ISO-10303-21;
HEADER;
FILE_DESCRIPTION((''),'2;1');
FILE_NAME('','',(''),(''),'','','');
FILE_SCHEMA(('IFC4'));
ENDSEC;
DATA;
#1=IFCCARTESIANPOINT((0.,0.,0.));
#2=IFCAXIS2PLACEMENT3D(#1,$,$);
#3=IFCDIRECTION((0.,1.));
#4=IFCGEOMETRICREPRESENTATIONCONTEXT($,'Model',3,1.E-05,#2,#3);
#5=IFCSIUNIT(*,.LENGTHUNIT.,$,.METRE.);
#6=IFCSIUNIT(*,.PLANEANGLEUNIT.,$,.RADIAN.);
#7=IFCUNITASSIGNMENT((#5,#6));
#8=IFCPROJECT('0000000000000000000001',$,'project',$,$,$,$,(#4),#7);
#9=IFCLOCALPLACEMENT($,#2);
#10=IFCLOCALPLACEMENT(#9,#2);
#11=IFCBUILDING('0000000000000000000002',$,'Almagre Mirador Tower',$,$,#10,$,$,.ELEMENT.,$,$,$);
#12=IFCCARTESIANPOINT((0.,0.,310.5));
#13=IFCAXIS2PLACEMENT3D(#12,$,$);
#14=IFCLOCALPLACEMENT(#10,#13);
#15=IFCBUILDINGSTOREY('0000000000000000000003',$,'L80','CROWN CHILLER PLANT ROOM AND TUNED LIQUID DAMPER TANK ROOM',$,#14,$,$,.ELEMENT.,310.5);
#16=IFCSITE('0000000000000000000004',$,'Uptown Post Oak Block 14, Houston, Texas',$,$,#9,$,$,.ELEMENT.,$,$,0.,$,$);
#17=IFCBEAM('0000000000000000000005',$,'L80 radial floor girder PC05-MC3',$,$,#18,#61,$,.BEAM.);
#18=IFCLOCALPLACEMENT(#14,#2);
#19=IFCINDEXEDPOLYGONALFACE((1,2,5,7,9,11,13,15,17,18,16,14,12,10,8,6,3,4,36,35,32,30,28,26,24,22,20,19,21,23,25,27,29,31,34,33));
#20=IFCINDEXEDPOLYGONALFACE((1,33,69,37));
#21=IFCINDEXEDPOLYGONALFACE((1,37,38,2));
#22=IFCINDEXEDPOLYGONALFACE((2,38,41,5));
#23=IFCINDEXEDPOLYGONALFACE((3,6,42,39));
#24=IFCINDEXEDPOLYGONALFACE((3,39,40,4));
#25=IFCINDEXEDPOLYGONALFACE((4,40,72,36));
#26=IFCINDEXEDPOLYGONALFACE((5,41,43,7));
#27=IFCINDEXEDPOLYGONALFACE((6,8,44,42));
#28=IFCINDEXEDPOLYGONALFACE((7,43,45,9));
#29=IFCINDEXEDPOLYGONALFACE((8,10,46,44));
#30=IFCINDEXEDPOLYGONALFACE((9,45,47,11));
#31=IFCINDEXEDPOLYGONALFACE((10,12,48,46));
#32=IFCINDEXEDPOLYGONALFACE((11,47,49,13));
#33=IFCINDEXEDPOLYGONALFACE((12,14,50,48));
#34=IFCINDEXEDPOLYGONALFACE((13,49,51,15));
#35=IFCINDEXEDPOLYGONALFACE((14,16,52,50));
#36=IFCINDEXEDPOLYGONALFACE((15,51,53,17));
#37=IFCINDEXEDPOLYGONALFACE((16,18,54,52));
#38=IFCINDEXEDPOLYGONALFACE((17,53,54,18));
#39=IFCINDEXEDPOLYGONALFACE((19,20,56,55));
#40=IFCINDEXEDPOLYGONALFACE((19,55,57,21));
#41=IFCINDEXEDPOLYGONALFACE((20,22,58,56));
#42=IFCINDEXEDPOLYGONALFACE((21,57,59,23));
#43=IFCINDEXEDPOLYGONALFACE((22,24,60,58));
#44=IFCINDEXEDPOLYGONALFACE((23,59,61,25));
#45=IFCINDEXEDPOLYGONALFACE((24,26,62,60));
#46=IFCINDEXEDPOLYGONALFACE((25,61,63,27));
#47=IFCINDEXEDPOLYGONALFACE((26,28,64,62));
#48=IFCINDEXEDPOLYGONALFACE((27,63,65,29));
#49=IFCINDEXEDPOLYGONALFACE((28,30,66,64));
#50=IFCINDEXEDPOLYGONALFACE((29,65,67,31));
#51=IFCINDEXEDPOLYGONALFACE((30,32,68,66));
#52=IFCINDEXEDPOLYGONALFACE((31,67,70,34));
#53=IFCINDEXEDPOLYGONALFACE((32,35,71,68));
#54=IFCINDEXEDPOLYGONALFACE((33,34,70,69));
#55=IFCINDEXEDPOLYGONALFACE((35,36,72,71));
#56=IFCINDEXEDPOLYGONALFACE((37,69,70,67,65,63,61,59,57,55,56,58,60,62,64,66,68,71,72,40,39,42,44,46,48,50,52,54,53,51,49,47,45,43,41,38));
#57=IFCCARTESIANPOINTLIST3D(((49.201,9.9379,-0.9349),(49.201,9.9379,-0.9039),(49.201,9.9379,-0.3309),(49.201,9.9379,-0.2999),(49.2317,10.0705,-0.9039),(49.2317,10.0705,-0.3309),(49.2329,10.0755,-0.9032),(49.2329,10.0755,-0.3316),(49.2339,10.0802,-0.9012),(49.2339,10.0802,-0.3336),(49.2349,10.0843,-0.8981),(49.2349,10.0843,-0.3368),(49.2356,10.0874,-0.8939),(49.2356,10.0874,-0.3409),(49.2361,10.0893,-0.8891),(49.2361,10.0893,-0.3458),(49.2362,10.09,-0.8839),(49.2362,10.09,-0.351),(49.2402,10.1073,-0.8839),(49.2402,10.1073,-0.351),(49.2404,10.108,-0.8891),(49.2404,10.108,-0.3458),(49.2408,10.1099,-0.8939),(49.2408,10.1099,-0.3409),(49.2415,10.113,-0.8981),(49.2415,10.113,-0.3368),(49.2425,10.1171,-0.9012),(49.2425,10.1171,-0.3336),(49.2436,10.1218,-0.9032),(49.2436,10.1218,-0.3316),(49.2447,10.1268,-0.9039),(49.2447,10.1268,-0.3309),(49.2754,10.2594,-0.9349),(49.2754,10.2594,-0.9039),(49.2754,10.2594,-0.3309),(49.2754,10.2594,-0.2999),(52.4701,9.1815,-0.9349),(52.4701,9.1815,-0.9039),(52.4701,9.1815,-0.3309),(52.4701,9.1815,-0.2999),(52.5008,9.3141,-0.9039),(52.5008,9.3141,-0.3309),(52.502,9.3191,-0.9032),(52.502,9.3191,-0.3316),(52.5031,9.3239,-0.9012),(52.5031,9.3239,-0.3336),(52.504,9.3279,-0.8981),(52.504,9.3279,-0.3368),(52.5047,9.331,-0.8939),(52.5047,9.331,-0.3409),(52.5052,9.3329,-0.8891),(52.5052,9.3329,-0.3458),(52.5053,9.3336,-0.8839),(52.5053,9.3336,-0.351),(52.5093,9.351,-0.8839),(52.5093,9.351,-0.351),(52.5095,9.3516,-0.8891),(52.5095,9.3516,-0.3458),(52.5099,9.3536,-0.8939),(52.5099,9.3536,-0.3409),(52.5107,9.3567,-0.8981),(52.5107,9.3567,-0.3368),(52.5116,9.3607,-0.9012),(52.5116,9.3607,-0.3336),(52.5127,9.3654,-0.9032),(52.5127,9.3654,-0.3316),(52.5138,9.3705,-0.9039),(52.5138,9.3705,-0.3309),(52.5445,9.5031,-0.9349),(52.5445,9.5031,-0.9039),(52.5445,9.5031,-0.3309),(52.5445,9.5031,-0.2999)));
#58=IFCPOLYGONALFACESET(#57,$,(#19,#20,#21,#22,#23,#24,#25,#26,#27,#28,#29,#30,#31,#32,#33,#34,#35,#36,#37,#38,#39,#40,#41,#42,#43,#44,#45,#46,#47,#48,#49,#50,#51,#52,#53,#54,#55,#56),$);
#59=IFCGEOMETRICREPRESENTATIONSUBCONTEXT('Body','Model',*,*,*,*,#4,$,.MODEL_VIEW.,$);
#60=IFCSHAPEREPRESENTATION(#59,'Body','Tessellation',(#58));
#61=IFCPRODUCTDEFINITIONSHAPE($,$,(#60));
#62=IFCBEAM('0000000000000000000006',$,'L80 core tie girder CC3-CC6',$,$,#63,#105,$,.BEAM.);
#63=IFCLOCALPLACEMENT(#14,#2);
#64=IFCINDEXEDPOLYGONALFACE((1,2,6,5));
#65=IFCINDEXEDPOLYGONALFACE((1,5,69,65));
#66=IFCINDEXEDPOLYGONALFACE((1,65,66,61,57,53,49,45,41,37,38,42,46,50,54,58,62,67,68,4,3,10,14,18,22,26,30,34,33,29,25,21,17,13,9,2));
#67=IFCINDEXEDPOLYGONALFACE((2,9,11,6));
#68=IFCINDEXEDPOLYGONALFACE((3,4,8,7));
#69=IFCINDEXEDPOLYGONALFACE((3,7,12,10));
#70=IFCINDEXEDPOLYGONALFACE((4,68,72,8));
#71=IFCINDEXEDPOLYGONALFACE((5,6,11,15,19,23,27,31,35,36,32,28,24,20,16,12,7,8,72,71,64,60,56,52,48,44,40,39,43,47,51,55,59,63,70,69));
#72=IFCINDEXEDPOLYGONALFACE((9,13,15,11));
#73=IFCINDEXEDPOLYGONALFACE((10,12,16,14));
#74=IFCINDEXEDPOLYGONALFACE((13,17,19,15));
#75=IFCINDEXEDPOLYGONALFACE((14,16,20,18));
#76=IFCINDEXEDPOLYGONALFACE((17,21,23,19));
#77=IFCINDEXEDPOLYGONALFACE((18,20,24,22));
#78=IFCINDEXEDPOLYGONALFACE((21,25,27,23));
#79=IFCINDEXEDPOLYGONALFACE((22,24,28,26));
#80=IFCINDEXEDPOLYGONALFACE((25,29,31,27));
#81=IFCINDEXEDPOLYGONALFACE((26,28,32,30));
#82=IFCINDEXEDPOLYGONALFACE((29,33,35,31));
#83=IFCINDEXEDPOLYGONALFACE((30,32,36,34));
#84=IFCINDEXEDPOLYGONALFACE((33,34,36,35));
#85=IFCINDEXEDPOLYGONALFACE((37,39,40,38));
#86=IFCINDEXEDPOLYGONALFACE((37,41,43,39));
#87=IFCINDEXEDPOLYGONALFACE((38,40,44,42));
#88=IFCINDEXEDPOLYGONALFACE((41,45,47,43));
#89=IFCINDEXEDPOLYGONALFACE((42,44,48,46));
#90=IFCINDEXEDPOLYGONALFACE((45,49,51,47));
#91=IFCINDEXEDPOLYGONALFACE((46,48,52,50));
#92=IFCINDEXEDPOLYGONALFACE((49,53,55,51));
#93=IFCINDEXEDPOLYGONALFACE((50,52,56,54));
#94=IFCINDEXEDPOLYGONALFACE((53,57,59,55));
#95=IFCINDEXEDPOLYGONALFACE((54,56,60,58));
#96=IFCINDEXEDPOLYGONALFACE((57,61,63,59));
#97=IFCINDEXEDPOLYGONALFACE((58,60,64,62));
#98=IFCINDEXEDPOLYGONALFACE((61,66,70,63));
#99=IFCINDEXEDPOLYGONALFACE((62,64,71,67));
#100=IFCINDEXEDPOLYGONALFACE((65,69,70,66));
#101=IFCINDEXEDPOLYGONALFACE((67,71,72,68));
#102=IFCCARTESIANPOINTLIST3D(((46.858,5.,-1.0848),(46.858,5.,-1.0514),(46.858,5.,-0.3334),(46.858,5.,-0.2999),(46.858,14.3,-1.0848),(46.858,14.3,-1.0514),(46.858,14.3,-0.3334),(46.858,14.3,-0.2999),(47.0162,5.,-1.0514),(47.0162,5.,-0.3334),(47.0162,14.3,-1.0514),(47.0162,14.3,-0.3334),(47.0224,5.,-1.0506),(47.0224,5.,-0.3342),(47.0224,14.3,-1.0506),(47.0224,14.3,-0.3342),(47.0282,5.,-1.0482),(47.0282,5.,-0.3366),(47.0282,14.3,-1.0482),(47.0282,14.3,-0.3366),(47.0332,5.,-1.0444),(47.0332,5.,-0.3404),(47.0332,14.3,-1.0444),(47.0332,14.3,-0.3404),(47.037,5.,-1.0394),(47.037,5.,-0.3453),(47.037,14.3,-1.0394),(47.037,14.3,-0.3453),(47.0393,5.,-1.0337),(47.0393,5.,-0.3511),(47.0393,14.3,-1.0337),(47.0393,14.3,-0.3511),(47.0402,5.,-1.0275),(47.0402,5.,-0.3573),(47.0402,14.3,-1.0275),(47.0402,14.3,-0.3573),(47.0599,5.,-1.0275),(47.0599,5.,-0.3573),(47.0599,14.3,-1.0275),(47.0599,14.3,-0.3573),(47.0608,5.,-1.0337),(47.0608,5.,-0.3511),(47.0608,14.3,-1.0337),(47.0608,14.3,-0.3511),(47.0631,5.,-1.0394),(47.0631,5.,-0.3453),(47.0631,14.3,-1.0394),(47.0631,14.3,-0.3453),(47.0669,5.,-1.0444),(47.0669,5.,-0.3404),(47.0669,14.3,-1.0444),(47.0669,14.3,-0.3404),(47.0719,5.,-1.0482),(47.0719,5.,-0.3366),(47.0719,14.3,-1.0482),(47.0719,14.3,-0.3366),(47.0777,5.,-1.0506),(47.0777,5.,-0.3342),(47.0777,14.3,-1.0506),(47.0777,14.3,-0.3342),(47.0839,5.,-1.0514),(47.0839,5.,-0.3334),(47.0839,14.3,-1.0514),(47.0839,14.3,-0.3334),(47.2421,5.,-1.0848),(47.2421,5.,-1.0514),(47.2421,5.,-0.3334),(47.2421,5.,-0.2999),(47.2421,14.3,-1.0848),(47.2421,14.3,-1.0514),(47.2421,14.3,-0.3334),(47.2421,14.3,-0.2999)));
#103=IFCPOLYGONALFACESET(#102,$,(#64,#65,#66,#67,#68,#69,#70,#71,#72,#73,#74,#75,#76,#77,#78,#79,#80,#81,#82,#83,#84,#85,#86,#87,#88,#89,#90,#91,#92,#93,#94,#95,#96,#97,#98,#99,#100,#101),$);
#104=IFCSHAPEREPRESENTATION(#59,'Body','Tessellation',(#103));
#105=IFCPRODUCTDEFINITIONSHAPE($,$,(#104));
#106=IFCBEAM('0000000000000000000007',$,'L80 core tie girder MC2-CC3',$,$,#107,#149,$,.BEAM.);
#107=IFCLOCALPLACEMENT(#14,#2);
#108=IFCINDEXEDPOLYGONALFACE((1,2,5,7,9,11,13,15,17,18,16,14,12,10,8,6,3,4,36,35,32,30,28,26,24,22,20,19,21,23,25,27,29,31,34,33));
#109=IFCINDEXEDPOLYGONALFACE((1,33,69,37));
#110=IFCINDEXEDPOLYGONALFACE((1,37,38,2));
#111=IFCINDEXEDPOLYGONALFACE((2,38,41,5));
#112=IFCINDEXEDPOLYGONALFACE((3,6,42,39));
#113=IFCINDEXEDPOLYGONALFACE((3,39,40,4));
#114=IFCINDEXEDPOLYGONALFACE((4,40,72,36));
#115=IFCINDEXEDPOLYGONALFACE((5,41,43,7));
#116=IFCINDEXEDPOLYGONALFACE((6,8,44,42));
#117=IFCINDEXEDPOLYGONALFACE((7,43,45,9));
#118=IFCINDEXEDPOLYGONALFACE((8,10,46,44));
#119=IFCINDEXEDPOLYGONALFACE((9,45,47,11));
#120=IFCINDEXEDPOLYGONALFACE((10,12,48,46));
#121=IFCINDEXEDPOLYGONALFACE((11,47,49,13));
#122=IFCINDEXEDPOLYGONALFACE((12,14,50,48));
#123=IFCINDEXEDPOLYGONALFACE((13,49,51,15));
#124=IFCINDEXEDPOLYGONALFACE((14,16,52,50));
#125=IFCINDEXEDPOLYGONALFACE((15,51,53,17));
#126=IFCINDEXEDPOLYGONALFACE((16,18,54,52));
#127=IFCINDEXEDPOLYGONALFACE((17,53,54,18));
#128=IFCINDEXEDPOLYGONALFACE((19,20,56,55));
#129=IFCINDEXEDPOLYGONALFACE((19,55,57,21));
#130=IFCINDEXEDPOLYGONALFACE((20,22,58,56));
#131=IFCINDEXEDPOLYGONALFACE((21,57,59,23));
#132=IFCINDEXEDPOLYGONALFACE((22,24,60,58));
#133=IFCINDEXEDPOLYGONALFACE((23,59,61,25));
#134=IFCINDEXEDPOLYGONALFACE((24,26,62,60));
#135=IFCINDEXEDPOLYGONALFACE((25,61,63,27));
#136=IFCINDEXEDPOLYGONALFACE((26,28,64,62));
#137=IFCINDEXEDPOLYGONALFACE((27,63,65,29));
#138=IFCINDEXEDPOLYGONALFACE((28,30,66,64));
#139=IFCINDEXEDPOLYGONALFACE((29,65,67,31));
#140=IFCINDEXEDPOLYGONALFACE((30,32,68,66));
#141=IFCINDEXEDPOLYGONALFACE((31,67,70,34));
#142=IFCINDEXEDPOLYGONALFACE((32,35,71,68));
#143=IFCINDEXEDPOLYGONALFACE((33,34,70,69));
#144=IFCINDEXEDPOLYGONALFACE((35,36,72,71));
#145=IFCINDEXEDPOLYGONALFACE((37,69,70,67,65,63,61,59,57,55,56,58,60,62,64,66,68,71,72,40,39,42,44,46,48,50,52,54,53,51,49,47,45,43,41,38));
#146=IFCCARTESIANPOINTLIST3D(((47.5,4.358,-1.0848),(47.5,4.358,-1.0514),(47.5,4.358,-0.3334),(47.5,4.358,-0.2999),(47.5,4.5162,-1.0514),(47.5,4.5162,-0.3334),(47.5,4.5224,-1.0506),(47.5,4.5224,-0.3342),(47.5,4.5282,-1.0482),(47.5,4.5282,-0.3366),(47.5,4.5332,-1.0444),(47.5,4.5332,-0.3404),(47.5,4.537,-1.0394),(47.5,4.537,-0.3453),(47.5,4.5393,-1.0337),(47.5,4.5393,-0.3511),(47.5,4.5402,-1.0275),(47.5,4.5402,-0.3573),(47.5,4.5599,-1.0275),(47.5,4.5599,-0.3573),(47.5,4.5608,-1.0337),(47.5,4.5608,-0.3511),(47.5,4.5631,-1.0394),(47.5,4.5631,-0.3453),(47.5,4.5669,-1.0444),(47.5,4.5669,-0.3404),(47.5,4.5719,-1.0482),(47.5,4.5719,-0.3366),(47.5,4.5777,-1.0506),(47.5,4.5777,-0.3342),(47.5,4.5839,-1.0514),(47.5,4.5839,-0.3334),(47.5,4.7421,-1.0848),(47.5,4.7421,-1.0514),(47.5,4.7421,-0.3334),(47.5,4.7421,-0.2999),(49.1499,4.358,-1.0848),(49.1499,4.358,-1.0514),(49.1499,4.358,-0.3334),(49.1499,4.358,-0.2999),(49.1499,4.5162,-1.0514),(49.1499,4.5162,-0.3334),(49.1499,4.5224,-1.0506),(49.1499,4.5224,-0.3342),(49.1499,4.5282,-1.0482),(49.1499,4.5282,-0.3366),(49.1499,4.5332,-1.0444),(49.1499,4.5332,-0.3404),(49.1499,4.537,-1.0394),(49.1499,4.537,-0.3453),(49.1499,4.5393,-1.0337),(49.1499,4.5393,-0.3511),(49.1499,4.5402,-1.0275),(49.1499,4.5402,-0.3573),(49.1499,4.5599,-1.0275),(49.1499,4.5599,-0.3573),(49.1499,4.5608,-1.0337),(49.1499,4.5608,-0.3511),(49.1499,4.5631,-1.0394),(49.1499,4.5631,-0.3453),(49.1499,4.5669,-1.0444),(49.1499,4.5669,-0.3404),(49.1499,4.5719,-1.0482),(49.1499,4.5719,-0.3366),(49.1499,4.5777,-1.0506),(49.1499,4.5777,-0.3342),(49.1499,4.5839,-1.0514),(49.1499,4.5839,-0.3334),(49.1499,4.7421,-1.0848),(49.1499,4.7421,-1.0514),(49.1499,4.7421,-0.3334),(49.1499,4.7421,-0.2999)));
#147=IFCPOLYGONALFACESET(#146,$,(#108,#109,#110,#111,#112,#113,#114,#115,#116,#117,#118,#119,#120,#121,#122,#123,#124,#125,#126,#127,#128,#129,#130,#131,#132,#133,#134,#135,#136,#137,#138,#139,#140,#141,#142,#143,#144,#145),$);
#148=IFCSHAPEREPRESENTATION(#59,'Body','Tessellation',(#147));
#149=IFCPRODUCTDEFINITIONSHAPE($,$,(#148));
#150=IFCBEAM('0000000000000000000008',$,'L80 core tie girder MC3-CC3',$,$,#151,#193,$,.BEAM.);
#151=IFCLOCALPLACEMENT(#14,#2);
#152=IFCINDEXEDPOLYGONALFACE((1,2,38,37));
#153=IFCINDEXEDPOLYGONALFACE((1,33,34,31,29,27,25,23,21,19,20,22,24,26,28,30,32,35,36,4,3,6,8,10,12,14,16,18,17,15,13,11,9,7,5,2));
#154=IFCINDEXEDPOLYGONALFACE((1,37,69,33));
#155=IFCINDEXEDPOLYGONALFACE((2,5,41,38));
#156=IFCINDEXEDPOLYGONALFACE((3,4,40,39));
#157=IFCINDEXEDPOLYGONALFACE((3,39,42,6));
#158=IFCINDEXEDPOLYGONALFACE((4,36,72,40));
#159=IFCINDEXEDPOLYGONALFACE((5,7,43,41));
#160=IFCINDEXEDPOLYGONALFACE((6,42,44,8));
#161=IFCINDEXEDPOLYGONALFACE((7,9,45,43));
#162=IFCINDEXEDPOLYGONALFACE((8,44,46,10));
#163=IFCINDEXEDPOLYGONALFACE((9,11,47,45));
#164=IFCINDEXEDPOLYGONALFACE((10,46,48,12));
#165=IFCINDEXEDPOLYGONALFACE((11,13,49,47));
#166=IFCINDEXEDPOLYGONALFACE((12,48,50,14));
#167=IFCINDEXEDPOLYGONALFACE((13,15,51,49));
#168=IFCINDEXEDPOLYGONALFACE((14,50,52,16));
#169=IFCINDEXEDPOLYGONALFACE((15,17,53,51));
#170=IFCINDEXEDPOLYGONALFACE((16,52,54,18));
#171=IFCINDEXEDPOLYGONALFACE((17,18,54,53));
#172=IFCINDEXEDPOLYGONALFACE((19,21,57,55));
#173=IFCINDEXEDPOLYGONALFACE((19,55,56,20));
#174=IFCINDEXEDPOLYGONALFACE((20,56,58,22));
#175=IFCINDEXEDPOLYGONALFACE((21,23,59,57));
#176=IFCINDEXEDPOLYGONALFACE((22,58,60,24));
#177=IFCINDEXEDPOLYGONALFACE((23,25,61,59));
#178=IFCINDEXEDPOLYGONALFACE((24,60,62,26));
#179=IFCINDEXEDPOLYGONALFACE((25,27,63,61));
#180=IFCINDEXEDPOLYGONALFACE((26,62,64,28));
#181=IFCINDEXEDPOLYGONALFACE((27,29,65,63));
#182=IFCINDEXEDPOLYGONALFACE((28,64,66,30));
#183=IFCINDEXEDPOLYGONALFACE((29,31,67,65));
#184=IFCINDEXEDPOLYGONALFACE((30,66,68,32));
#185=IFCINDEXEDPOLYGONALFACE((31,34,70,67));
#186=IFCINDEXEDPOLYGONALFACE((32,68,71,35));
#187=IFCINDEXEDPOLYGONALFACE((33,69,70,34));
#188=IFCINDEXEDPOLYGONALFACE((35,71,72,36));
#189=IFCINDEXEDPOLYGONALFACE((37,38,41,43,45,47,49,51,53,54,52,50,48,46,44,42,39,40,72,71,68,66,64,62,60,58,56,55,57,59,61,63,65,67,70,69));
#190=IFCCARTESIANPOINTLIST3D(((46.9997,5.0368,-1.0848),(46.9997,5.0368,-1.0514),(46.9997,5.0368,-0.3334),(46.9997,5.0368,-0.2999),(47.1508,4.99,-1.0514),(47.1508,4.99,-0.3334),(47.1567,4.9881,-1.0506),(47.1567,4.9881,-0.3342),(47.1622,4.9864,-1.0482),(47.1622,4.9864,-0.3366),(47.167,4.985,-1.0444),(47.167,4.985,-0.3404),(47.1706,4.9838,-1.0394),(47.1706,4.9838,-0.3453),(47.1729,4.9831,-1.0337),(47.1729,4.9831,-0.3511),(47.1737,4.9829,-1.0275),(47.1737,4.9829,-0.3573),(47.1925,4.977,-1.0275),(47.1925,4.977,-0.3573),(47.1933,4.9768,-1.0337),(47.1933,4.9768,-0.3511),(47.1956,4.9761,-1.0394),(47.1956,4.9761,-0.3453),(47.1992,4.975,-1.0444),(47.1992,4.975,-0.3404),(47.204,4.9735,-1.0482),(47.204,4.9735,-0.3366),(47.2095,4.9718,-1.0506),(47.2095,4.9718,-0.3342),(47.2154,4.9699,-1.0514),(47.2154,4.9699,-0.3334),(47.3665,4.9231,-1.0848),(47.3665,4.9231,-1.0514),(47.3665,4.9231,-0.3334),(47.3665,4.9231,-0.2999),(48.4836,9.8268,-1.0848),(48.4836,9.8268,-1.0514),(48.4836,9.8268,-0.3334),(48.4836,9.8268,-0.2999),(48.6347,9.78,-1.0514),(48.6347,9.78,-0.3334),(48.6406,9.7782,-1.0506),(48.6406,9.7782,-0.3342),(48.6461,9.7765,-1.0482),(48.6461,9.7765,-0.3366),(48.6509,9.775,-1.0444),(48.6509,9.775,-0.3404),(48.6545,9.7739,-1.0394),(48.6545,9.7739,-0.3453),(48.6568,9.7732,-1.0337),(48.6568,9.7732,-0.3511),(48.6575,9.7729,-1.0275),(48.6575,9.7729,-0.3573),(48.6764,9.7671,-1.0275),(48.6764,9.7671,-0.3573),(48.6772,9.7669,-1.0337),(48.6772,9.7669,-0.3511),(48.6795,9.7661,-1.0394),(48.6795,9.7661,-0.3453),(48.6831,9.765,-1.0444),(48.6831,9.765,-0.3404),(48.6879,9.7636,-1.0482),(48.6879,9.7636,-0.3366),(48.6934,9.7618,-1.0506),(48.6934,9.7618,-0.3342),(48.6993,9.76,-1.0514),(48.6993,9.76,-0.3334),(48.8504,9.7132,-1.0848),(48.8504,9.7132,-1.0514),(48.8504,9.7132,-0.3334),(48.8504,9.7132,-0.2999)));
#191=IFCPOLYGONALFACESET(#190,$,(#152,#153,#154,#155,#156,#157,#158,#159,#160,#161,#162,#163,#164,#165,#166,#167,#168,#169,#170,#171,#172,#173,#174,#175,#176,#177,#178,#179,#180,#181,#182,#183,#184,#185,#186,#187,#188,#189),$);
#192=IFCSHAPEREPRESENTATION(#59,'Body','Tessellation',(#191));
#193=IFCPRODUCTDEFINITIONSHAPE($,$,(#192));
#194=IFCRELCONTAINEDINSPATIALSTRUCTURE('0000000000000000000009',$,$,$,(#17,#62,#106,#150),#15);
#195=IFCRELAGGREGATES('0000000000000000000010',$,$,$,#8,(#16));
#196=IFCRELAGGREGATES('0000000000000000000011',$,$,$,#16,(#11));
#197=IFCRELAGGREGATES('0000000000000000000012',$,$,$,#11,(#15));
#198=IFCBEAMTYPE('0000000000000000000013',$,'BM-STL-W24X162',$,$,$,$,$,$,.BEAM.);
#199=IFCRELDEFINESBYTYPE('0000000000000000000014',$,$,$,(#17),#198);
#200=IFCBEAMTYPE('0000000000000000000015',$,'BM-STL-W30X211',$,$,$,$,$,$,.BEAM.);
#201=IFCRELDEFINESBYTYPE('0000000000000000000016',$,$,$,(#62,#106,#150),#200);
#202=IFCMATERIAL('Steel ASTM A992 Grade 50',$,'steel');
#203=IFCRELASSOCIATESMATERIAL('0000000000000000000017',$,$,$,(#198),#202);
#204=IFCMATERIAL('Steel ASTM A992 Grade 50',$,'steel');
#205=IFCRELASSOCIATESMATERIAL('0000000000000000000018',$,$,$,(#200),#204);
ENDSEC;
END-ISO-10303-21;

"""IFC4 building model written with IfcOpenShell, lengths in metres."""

from ifc_helpers import new_model, si_unit, direction, frame, origin, origin_2d, place, context, subcontext, project, spatial, i_section, extrude, material, material_profile, profile_set, type_object, element, save


model = new_model("IFC4")

# Units and contexts
model_context = context("Model", 3, precision=1e-05, world=origin(), true_north=direction((0.0, 1.0)))
body_context = subcontext(model_context, "Body", "Model", "MODEL_VIEW")
ifc_project = project(units=[si_unit("LENGTHUNIT", "METRE"), si_unit("PLANEANGLEUNIT", "RADIAN")], contexts=[model_context])

# Site, building, storey
site_placement = place(None, origin())
site = spatial("IfcSite", under=ifc_project, at=site_placement, Name="Uptown Post Oak Block 14, Houston, Texas", CompositionType="ELEMENT", RefElevation=0.0)
building_placement = place(site_placement, origin())
building = spatial("IfcBuilding", under=site, at=building_placement, Name="Almagre Mirador Tower", CompositionType="ELEMENT")
storey_placement = place(building_placement, frame((0.0, 0.0, 310.5)))
storey = spatial("IfcBuildingStorey", under=building, at=storey_placement, Name="L80", Description="CROWN CHILLER PLANT ROOM AND TUNED LIQUID DAMPER TANK ROOM", CompositionType="ELEMENT", Elevation=310.5)

# Beams
ifc_material_1 = material(Name="Steel ASTM A992 Grade 50", Category="steel")
ifc_material_profile_1 = material_profile(ifc_material_1, i_section(OverallWidth=0.3301, OverallDepth=0.635, WebThickness=0.0178, FlangeThickness=0.031, FilletRadius=0.02, at=origin_2d()), Name="W24X162")
ifc_profile_set_1 = profile_set([ifc_material_profile_1], Name="Steel ASTM A992 Grade 50")
beam_type_1 = type_object("IfcBeamType", Name="BM-STL-W24X162", PredefinedType="BEAM", material=ifc_profile_set_1)
beam_1_placement = place(storey_placement, frame((52.5073, 9.3423, -0.6174), z_axis=(-0.974264, 0.225412, 0.0), x_axis=(-0.225412, -0.974264, 0.0)))
element("IfcBeam", 1, at=beam_1_placement, inside=storey, type_object=beam_type_1, Name="L80 radial floor girder PC05-MC3", PredefinedType="BEAM", context=body_context, shape_type="SweptSolid", body=[
    extrude(i_section(OverallWidth=0.3301, OverallDepth=0.635, WebThickness=0.0178, FlangeThickness=0.031, FilletRadius=0.02, at=origin_2d()), origin(), (0.0, 0.0, 1.0), 3.3555),
])
ifc_material_2 = material(Name="Steel ASTM A992 Grade 50", Category="steel")
ifc_material_profile_2 = material_profile(ifc_material_2, i_section(OverallWidth=0.384, OverallDepth=0.7849, WebThickness=0.0198, FlangeThickness=0.0334, FilletRadius=0.0239, at=origin_2d()), Name="W30X211")
ifc_profile_set_2 = profile_set([ifc_material_profile_2], Name="Steel ASTM A992 Grade 50")
beam_type_2 = type_object("IfcBeamType", Name="BM-STL-W30X211", PredefinedType="BEAM", material=ifc_profile_set_2)
beam_2_placement = place(storey_placement, frame((47.05, 5.0, -0.6924), z_axis=(0.0, 1.0, 0.0), x_axis=(-1.0, 0.0, 0.0)))
element("IfcBeam", 2, at=beam_2_placement, inside=storey, type_object=beam_type_2, Name="L80 core tie girder CC3-CC6", PredefinedType="BEAM", context=body_context, shape_type="SweptSolid", body=[
    extrude(i_section(OverallWidth=0.384, OverallDepth=0.7849, WebThickness=0.0198, FlangeThickness=0.0334, FilletRadius=0.0239, at=origin_2d()), origin(), (0.0, 0.0, 1.0), 9.3),
])
beam_3_placement = place(storey_placement, frame((49.1499, 4.55, -0.6924), z_axis=(-1.0, 0.0, 0.0), x_axis=(0.0, -1.0, 0.0)))
element("IfcBeam", 3, at=beam_3_placement, inside=storey, type_object=beam_type_2, Name="L80 core tie girder MC2-CC3", PredefinedType="BEAM", context=body_context, shape_type="SweptSolid", body=[
    extrude(i_section(OverallWidth=0.384, OverallDepth=0.7849, WebThickness=0.0198, FlangeThickness=0.0334, FilletRadius=0.0239, at=origin_2d()), origin(), (0.0, 0.0, 1.0), 1.6499),
])
beam_4_placement = place(storey_placement, frame((48.667, 9.77, -0.6924), z_axis=(-0.295912, -0.955215, 0.0), x_axis=(0.955215, -0.295912, 0.0)))
element("IfcBeam", 4, at=beam_4_placement, inside=storey, type_object=beam_type_2, Name="L80 core tie girder MC3-CC3", PredefinedType="BEAM", context=body_context, shape_type="SweptSolid", body=[
    extrude(i_section(OverallWidth=0.384, OverallDepth=0.7849, WebThickness=0.0198, FlangeThickness=0.0334, FilletRadius=0.0239, at=origin_2d()), origin(), (0.0, 0.0, 1.0), 5.0146),
])

save(model, "model.ifc")
